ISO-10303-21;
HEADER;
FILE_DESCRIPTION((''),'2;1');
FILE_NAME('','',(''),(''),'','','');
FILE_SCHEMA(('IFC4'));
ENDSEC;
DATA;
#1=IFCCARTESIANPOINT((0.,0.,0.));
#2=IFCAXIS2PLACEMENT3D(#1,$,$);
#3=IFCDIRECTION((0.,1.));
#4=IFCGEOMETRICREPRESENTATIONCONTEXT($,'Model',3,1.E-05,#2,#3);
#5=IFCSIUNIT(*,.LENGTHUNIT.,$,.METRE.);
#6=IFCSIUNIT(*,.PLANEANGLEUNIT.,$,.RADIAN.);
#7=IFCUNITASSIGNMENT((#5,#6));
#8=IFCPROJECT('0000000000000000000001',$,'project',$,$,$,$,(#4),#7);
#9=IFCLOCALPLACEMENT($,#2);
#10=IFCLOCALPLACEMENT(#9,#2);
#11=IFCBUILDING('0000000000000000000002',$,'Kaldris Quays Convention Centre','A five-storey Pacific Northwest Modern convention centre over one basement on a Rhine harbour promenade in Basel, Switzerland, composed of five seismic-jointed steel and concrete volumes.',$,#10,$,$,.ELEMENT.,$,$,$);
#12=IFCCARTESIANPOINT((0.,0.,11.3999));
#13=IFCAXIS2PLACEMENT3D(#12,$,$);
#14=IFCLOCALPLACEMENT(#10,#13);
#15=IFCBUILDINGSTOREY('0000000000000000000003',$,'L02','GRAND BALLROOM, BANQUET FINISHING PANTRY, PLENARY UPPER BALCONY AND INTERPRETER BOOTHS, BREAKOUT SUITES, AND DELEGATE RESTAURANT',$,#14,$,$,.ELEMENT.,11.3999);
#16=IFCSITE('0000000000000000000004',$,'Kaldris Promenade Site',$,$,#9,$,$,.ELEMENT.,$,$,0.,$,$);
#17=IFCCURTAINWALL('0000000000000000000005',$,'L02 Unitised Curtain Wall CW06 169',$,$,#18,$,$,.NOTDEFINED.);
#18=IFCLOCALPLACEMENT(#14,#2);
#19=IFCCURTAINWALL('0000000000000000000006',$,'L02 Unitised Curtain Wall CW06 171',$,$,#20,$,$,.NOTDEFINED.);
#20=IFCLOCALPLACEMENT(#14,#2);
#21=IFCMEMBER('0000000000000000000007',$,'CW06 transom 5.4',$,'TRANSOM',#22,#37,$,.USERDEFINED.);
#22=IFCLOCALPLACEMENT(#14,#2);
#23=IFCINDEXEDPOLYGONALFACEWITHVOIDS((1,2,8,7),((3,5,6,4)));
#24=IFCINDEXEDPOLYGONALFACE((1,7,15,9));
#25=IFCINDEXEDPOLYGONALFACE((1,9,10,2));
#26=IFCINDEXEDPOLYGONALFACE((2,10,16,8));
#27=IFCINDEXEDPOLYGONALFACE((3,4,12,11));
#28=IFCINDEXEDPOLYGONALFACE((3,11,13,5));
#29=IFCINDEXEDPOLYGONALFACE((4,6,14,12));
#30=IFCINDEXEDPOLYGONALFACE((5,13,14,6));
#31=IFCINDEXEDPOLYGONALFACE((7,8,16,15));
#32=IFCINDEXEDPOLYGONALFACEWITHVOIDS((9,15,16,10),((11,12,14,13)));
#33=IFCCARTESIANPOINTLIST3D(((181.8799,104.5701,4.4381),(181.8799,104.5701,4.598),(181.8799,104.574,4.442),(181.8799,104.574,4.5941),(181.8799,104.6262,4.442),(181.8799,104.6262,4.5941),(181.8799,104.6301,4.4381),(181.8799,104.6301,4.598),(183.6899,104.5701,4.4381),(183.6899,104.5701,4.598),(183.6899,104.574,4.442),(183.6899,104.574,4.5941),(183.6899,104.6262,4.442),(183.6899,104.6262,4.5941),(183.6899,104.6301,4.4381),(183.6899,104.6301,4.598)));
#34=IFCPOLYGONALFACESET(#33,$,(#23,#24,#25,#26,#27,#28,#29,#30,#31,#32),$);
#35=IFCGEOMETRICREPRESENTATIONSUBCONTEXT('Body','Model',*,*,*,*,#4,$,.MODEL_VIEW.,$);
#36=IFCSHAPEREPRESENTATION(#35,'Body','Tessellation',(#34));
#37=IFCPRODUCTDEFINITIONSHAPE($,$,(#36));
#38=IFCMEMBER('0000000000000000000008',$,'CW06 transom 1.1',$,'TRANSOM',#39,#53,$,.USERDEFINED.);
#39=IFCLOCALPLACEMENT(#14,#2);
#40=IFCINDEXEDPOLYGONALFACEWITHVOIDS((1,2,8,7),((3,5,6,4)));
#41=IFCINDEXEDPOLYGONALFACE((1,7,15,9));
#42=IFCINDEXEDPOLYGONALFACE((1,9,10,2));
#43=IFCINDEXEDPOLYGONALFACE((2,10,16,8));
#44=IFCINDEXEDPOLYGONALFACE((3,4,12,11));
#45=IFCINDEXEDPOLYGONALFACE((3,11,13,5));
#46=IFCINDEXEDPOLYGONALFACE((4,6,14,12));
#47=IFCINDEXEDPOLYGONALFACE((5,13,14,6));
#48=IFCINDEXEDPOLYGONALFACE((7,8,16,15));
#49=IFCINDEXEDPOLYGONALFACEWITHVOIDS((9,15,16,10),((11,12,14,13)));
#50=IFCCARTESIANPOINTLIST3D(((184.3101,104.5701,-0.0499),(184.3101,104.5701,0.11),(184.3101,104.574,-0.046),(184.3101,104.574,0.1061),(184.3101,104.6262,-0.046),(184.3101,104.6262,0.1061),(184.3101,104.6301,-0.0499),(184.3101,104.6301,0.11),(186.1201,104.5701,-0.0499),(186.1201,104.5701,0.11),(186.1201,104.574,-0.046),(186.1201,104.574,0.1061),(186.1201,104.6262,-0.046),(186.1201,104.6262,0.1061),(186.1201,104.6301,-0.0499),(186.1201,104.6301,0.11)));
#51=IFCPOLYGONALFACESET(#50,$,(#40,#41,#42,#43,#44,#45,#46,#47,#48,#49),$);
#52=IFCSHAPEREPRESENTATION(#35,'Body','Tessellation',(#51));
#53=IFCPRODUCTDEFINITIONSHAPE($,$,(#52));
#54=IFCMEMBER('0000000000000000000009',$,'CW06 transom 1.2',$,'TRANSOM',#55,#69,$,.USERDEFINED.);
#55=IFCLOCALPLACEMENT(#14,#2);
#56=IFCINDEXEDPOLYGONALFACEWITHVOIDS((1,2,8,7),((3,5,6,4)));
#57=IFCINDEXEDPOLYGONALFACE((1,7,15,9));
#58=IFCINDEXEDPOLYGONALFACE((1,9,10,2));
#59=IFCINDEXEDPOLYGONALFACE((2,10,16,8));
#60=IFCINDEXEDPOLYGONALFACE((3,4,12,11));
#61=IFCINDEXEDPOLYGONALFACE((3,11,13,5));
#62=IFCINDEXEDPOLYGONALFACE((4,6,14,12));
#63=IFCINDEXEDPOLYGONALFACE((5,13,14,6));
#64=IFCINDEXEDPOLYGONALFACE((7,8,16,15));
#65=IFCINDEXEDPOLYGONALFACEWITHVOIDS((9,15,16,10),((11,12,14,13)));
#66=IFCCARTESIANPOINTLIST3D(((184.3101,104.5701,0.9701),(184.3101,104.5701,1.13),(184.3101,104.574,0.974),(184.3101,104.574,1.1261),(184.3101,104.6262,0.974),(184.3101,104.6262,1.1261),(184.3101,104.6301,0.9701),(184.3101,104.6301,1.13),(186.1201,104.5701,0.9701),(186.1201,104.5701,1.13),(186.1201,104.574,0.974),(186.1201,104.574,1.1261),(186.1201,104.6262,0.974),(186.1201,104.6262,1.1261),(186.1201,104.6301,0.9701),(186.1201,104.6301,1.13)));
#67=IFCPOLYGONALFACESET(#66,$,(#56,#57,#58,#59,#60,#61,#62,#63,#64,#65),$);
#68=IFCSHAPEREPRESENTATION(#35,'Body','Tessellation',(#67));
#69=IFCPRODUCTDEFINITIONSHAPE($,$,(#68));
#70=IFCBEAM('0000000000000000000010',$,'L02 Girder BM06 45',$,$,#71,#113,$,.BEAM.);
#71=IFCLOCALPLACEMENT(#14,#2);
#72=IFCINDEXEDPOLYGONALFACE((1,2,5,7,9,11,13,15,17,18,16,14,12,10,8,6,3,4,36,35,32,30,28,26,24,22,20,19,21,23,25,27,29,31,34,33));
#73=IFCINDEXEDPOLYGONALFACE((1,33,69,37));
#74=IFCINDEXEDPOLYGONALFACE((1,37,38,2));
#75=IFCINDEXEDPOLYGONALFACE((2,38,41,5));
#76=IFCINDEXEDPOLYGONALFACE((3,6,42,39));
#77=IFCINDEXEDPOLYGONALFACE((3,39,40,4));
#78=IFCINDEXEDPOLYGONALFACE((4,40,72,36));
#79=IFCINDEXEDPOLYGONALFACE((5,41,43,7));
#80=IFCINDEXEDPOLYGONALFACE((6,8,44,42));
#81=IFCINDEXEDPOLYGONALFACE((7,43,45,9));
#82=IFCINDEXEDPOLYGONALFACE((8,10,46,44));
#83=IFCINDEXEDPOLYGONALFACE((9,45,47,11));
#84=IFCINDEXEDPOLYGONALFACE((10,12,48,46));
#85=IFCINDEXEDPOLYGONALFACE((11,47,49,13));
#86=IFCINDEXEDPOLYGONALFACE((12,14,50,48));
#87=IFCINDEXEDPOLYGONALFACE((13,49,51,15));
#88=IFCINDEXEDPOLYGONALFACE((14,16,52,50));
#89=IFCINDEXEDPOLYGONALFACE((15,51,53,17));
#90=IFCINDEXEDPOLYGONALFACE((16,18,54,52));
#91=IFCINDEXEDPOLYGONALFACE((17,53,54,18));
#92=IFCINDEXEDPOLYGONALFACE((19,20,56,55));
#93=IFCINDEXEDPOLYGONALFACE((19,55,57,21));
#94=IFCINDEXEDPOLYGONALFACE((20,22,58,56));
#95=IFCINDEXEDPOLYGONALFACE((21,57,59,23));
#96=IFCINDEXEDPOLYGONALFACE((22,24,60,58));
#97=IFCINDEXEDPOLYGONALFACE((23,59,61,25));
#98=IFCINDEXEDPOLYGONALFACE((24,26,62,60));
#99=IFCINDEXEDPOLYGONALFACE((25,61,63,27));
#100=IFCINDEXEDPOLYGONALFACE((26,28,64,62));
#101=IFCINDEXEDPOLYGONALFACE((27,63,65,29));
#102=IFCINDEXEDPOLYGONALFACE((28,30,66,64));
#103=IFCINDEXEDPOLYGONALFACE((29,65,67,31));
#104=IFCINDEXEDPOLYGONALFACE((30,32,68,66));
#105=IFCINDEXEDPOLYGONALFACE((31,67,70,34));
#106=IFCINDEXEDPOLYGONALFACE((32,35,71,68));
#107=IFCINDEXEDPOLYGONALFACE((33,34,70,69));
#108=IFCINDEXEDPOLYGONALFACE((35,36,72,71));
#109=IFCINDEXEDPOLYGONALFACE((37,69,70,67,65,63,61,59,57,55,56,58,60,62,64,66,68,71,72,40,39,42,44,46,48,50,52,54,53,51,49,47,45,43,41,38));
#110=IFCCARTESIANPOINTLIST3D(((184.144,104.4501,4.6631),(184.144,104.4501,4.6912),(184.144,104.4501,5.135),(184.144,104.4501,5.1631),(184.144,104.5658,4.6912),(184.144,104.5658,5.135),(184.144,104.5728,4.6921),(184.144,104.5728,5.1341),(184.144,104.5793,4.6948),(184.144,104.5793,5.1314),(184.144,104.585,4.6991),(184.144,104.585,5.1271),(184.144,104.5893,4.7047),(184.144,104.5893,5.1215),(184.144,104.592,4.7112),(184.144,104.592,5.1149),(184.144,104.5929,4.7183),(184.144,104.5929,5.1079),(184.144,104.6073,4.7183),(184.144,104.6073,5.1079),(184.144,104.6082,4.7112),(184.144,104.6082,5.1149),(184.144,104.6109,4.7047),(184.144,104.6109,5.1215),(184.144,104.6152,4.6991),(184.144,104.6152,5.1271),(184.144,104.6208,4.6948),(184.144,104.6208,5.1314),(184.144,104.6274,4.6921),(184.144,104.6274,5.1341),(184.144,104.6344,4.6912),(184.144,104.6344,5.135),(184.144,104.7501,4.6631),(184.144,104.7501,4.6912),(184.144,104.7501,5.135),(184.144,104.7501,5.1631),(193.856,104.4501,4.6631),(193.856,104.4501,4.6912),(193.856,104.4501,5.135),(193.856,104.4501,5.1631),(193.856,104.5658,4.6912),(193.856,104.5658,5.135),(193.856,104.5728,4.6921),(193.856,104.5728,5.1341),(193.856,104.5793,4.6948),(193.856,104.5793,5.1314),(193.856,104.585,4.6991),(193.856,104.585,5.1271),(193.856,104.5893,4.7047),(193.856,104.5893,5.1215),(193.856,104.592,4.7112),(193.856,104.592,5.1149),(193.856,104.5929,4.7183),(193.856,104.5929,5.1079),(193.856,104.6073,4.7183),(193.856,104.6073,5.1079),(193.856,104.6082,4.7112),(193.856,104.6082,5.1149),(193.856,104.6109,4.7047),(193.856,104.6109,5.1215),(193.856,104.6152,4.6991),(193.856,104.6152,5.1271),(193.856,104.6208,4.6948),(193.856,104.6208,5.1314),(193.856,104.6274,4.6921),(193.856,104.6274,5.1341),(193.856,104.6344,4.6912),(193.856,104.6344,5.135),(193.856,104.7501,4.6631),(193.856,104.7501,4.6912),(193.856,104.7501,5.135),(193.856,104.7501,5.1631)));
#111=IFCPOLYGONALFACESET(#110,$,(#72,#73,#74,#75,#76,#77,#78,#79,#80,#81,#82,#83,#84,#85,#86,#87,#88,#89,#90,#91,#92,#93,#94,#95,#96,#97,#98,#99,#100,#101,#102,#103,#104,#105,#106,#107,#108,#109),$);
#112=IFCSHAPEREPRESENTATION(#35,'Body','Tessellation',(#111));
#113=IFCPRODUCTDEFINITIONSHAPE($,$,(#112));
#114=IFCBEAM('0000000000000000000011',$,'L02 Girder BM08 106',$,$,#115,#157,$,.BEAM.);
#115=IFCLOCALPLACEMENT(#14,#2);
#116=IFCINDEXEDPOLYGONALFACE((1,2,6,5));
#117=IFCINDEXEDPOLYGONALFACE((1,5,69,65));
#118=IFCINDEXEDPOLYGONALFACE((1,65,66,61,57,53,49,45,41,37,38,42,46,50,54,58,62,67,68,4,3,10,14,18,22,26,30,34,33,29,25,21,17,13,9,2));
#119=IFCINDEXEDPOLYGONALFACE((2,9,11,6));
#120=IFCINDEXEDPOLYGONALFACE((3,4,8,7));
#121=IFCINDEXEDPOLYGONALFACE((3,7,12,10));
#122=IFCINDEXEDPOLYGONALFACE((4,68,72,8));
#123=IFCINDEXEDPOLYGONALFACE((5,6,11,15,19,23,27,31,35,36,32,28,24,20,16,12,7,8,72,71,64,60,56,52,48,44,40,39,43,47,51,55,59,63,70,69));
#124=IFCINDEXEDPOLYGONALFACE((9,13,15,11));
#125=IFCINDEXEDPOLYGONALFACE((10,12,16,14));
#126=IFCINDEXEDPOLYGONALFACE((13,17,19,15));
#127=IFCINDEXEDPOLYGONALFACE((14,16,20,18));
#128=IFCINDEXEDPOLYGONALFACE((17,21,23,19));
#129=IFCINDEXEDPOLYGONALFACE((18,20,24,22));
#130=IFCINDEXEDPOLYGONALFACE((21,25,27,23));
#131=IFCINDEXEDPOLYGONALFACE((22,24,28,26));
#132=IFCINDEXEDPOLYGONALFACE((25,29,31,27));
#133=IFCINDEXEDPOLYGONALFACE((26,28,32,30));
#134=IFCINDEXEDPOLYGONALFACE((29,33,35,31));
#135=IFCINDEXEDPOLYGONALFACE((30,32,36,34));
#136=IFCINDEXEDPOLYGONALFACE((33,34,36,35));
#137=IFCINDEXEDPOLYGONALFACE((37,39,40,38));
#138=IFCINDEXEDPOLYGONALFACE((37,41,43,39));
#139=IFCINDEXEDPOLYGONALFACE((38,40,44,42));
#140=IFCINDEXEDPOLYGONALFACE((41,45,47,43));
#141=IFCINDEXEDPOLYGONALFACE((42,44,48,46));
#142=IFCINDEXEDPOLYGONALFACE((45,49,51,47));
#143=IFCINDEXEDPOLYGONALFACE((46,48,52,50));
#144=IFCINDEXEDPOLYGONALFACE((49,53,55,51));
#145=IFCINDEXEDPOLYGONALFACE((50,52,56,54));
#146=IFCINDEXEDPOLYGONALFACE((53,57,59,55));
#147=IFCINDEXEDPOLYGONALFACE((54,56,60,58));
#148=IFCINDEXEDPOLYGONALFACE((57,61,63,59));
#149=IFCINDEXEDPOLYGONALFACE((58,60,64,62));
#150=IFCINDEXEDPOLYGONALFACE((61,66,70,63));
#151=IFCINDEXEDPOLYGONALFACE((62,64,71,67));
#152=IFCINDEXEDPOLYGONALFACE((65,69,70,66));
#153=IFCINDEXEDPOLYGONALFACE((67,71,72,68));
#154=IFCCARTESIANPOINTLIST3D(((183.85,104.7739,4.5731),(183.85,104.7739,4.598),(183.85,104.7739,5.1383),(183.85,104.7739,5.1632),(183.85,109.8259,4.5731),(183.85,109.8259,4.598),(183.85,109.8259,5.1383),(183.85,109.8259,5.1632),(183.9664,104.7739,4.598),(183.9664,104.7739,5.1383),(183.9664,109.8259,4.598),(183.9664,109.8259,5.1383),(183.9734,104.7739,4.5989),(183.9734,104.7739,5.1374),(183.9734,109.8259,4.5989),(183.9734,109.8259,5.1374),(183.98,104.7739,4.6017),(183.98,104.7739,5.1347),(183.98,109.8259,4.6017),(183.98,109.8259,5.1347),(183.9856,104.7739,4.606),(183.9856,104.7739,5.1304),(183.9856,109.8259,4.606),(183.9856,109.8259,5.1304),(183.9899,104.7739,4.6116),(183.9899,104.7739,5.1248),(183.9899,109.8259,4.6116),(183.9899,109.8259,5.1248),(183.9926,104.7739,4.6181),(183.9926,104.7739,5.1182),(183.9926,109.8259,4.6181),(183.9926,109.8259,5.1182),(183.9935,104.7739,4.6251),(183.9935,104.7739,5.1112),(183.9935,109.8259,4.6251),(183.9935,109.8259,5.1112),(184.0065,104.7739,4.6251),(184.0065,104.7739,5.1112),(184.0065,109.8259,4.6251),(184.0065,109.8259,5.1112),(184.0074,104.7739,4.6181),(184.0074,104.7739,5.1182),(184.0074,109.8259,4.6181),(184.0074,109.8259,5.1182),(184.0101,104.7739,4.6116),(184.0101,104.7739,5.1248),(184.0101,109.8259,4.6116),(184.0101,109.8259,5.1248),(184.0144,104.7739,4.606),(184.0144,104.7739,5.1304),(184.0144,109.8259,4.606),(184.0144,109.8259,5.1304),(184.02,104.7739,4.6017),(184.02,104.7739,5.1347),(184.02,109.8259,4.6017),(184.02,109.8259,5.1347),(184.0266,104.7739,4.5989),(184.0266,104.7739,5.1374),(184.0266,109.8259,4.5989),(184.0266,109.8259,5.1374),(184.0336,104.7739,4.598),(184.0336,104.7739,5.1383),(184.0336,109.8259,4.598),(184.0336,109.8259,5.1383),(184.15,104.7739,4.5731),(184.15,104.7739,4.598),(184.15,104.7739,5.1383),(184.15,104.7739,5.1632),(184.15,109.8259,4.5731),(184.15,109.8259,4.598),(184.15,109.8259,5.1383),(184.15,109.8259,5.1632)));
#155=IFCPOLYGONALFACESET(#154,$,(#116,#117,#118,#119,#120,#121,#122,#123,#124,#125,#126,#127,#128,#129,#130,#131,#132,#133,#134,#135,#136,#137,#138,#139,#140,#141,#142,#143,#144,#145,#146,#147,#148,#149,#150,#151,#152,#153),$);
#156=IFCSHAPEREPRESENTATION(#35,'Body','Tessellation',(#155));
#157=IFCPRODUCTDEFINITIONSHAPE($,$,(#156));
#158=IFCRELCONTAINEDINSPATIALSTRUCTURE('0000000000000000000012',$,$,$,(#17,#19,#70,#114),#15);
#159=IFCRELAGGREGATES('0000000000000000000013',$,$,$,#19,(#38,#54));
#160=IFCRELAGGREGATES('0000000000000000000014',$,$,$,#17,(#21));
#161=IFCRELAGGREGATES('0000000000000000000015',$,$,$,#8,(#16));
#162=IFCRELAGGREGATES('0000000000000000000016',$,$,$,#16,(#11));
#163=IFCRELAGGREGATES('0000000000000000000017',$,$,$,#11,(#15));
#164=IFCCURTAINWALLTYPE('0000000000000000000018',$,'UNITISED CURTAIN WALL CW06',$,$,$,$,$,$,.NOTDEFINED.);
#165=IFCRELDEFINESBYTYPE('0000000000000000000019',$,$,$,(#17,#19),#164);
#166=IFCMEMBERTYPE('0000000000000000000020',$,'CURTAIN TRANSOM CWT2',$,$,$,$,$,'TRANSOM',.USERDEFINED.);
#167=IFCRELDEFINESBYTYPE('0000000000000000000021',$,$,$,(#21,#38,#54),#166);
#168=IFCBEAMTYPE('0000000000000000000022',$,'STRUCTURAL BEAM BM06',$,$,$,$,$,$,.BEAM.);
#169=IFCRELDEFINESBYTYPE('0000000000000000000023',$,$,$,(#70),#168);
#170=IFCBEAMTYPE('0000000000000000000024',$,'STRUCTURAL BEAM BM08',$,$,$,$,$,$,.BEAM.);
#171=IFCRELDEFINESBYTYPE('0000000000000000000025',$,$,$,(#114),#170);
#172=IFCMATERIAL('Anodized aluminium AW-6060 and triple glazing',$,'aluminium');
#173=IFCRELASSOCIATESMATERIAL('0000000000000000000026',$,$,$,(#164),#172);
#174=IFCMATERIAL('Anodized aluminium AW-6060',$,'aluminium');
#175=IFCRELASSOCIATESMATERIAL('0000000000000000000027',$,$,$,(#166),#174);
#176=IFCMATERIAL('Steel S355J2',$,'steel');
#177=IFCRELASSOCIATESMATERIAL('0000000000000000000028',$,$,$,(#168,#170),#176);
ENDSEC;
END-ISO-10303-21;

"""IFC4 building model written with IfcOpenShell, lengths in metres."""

from ifc_helpers import new_model, si_unit, direction, frame, origin, origin_2d, place, context, subcontext, project, spatial, hollow_rectangle, i_section, extrude, material, material_profile, profile_set, type_object, element, aggregate, save


model = new_model("IFC4")

# Units and contexts
model_context = context("Model", 3, precision=1e-05, world=origin(), true_north=direction((0.0, 1.0)))
body_context = subcontext(model_context, "Body", "Model", "MODEL_VIEW")
ifc_project = project(units=[si_unit("LENGTHUNIT", "METRE"), si_unit("PLANEANGLEUNIT", "RADIAN")], contexts=[model_context])

# Site, building, storey
site_placement = place(None, origin())
site = spatial("IfcSite", under=ifc_project, at=site_placement, Name="Kaldris Promenade Site", CompositionType="ELEMENT", RefElevation=0.0)
building_placement = place(site_placement, origin())
building = spatial("IfcBuilding", under=site, at=building_placement, Name="Kaldris Quays Convention Centre", Description="A five-storey Pacific Northwest Modern convention centre over one basement on a Rhine harbour promenade in Basel, Switzerland, composed of five seismic-jointed steel and concrete volumes.", CompositionType="ELEMENT")
storey_placement = place(building_placement, frame((0.0, 0.0, 11.3999)))
storey = spatial("IfcBuildingStorey", under=building, at=storey_placement, Name="L02", Description="GRAND BALLROOM, BANQUET FINISHING PANTRY, PLENARY UPPER BALCONY AND INTERPRETER BOOTHS, BREAKOUT SUITES, AND DELEGATE RESTAURANT", CompositionType="ELEMENT", Elevation=11.3999)

# Shared definitions
ifc_material_1 = material(Name="Steel S355J2", Category="steel")

# Curtain wall
ifc_material_2 = material(Name="Anodized aluminium AW-6060 and triple glazing", Category="aluminium")
curtain_wall_type = type_object("IfcCurtainWallType", Name="UNITISED CURTAIN WALL CW06", PredefinedType="NOTDEFINED", material=ifc_material_2)
curtain_wall_1_placement = place(storey_placement, origin())
curtain_wall_1 = element("IfcCurtainWall", 1, at=curtain_wall_1_placement, inside=storey, type_object=curtain_wall_type, Name="L02 Unitised Curtain Wall CW06 169", PredefinedType="NOTDEFINED")
ifc_material_3 = material(Name="Anodized aluminium AW-6060", Category="aluminium")

# Curtain wall
curtain_wall_2_placement = place(storey_placement, origin())
curtain_wall_2 = element("IfcCurtainWall", 2, at=curtain_wall_2_placement, inside=storey, type_object=curtain_wall_type, Name="L02 Unitised Curtain Wall CW06 171", PredefinedType="NOTDEFINED")

# Members
ifc_material_profile_1 = material_profile(ifc_material_3, hollow_rectangle(XDim=0.0601, YDim=0.1599, WallThickness=0.0039, at=origin_2d()), Name="RHS 160x60x4")
ifc_profile_set_1 = profile_set([ifc_material_profile_1], Name="Anodized aluminium AW-6060")
member_type_1 = type_object("IfcMemberType", Name="CURTAIN TRANSOM CWT2", ElementType="TRANSOM", PredefinedType="USERDEFINED", material=ifc_profile_set_1)
member_1_placement = place(storey_placement, frame((181.8799, 104.6001, 4.5181), z_axis=(1.0, 0.0, 0.0), x_axis=(0.0, 1.0, 0.0)))
member_1 = element("IfcMember", 3, at=member_1_placement, type_object=member_type_1, Name="CW06 transom 5.4", ObjectType="TRANSOM", PredefinedType="USERDEFINED", context=body_context, shape_type="SweptSolid", body=[
    extrude(hollow_rectangle(XDim=0.0601, YDim=0.1599, WallThickness=0.0039, at=origin_2d()), origin(), (0.0, 0.0, 1.0), 1.8101),
])
member_2_placement = place(storey_placement, frame((184.3101, 104.6001, 0.03), z_axis=(1.0, 0.0, 0.0), x_axis=(0.0, 1.0, 0.0)))
member_2 = element("IfcMember", 4, at=member_2_placement, type_object=member_type_1, Name="CW06 transom 1.1", ObjectType="TRANSOM", PredefinedType="USERDEFINED", context=body_context, shape_type="SweptSolid", body=[
    extrude(hollow_rectangle(XDim=0.0601, YDim=0.1599, WallThickness=0.0039, at=origin_2d()), origin(), (0.0, 0.0, 1.0), 1.8101),
])
member_3_placement = place(storey_placement, frame((184.3101, 104.6001, 1.05), z_axis=(1.0, 0.0, 0.0), x_axis=(0.0, 1.0, 0.0)))
member_3 = element("IfcMember", 5, at=member_3_placement, type_object=member_type_1, Name="CW06 transom 1.2", ObjectType="TRANSOM", PredefinedType="USERDEFINED", context=body_context, shape_type="SweptSolid", body=[
    extrude(hollow_rectangle(XDim=0.0601, YDim=0.1599, WallThickness=0.0039, at=origin_2d()), origin(), (0.0, 0.0, 1.0), 1.8101),
])
aggregate(curtain_wall_2, [member_2, member_3])

# Beams
ifc_material_profile_2 = material_profile(ifc_material_1, i_section(OverallWidth=0.3, OverallDepth=0.5, WebThickness=0.0144, FlangeThickness=0.0281, FilletRadius=0.0271, at=origin_2d()), Name="HEB 500")
ifc_profile_set_2 = profile_set([ifc_material_profile_2], Name="Steel S355J2")
beam_type_1 = type_object("IfcBeamType", Name="STRUCTURAL BEAM BM06", PredefinedType="BEAM", material=ifc_profile_set_2)
beam_1_placement = place(storey_placement, frame((184.144, 104.6001, 4.9131), z_axis=(1.0, 0.0, 0.0), x_axis=(0.0, 1.0, 0.0)))
element("IfcBeam", 6, at=beam_1_placement, inside=storey, type_object=beam_type_1, Name="L02 Girder BM06 45", PredefinedType="BEAM", context=body_context, shape_type="SweptSolid", body=[
    extrude(i_section(OverallWidth=0.3, OverallDepth=0.5, WebThickness=0.0144, FlangeThickness=0.0281, FilletRadius=0.0271, at=origin_2d()), origin(), (0.0, 0.0, 1.0), 9.7119),
])
ifc_material_profile_3 = material_profile(ifc_material_1, i_section(OverallWidth=0.3, OverallDepth=0.5901, WebThickness=0.0129, FlangeThickness=0.0249, FilletRadius=0.0271, at=origin_2d()), Name="HEA 600")
ifc_profile_set_3 = profile_set([ifc_material_profile_3], Name="Steel S355J2")
beam_type_2 = type_object("IfcBeamType", Name="STRUCTURAL BEAM BM08", PredefinedType="BEAM", material=ifc_profile_set_3)
beam_2_placement = place(storey_placement, frame((184.0, 104.7739, 4.8682), z_axis=(0.0, 1.0, 0.0), x_axis=(-1.0, 0.0, 0.0)))
element("IfcBeam", 7, at=beam_2_placement, inside=storey, type_object=beam_type_2, Name="L02 Girder BM08 106", PredefinedType="BEAM", context=body_context, shape_type="SweptSolid", body=[
    extrude(i_section(OverallWidth=0.3, OverallDepth=0.5901, WebThickness=0.0129, FlangeThickness=0.0249, FilletRadius=0.0271, at=origin_2d()), origin(), (0.0, 0.0, 1.0), 5.052),
])

aggregate(curtain_wall_1, [member_1])

save(model, "model.ifc")
